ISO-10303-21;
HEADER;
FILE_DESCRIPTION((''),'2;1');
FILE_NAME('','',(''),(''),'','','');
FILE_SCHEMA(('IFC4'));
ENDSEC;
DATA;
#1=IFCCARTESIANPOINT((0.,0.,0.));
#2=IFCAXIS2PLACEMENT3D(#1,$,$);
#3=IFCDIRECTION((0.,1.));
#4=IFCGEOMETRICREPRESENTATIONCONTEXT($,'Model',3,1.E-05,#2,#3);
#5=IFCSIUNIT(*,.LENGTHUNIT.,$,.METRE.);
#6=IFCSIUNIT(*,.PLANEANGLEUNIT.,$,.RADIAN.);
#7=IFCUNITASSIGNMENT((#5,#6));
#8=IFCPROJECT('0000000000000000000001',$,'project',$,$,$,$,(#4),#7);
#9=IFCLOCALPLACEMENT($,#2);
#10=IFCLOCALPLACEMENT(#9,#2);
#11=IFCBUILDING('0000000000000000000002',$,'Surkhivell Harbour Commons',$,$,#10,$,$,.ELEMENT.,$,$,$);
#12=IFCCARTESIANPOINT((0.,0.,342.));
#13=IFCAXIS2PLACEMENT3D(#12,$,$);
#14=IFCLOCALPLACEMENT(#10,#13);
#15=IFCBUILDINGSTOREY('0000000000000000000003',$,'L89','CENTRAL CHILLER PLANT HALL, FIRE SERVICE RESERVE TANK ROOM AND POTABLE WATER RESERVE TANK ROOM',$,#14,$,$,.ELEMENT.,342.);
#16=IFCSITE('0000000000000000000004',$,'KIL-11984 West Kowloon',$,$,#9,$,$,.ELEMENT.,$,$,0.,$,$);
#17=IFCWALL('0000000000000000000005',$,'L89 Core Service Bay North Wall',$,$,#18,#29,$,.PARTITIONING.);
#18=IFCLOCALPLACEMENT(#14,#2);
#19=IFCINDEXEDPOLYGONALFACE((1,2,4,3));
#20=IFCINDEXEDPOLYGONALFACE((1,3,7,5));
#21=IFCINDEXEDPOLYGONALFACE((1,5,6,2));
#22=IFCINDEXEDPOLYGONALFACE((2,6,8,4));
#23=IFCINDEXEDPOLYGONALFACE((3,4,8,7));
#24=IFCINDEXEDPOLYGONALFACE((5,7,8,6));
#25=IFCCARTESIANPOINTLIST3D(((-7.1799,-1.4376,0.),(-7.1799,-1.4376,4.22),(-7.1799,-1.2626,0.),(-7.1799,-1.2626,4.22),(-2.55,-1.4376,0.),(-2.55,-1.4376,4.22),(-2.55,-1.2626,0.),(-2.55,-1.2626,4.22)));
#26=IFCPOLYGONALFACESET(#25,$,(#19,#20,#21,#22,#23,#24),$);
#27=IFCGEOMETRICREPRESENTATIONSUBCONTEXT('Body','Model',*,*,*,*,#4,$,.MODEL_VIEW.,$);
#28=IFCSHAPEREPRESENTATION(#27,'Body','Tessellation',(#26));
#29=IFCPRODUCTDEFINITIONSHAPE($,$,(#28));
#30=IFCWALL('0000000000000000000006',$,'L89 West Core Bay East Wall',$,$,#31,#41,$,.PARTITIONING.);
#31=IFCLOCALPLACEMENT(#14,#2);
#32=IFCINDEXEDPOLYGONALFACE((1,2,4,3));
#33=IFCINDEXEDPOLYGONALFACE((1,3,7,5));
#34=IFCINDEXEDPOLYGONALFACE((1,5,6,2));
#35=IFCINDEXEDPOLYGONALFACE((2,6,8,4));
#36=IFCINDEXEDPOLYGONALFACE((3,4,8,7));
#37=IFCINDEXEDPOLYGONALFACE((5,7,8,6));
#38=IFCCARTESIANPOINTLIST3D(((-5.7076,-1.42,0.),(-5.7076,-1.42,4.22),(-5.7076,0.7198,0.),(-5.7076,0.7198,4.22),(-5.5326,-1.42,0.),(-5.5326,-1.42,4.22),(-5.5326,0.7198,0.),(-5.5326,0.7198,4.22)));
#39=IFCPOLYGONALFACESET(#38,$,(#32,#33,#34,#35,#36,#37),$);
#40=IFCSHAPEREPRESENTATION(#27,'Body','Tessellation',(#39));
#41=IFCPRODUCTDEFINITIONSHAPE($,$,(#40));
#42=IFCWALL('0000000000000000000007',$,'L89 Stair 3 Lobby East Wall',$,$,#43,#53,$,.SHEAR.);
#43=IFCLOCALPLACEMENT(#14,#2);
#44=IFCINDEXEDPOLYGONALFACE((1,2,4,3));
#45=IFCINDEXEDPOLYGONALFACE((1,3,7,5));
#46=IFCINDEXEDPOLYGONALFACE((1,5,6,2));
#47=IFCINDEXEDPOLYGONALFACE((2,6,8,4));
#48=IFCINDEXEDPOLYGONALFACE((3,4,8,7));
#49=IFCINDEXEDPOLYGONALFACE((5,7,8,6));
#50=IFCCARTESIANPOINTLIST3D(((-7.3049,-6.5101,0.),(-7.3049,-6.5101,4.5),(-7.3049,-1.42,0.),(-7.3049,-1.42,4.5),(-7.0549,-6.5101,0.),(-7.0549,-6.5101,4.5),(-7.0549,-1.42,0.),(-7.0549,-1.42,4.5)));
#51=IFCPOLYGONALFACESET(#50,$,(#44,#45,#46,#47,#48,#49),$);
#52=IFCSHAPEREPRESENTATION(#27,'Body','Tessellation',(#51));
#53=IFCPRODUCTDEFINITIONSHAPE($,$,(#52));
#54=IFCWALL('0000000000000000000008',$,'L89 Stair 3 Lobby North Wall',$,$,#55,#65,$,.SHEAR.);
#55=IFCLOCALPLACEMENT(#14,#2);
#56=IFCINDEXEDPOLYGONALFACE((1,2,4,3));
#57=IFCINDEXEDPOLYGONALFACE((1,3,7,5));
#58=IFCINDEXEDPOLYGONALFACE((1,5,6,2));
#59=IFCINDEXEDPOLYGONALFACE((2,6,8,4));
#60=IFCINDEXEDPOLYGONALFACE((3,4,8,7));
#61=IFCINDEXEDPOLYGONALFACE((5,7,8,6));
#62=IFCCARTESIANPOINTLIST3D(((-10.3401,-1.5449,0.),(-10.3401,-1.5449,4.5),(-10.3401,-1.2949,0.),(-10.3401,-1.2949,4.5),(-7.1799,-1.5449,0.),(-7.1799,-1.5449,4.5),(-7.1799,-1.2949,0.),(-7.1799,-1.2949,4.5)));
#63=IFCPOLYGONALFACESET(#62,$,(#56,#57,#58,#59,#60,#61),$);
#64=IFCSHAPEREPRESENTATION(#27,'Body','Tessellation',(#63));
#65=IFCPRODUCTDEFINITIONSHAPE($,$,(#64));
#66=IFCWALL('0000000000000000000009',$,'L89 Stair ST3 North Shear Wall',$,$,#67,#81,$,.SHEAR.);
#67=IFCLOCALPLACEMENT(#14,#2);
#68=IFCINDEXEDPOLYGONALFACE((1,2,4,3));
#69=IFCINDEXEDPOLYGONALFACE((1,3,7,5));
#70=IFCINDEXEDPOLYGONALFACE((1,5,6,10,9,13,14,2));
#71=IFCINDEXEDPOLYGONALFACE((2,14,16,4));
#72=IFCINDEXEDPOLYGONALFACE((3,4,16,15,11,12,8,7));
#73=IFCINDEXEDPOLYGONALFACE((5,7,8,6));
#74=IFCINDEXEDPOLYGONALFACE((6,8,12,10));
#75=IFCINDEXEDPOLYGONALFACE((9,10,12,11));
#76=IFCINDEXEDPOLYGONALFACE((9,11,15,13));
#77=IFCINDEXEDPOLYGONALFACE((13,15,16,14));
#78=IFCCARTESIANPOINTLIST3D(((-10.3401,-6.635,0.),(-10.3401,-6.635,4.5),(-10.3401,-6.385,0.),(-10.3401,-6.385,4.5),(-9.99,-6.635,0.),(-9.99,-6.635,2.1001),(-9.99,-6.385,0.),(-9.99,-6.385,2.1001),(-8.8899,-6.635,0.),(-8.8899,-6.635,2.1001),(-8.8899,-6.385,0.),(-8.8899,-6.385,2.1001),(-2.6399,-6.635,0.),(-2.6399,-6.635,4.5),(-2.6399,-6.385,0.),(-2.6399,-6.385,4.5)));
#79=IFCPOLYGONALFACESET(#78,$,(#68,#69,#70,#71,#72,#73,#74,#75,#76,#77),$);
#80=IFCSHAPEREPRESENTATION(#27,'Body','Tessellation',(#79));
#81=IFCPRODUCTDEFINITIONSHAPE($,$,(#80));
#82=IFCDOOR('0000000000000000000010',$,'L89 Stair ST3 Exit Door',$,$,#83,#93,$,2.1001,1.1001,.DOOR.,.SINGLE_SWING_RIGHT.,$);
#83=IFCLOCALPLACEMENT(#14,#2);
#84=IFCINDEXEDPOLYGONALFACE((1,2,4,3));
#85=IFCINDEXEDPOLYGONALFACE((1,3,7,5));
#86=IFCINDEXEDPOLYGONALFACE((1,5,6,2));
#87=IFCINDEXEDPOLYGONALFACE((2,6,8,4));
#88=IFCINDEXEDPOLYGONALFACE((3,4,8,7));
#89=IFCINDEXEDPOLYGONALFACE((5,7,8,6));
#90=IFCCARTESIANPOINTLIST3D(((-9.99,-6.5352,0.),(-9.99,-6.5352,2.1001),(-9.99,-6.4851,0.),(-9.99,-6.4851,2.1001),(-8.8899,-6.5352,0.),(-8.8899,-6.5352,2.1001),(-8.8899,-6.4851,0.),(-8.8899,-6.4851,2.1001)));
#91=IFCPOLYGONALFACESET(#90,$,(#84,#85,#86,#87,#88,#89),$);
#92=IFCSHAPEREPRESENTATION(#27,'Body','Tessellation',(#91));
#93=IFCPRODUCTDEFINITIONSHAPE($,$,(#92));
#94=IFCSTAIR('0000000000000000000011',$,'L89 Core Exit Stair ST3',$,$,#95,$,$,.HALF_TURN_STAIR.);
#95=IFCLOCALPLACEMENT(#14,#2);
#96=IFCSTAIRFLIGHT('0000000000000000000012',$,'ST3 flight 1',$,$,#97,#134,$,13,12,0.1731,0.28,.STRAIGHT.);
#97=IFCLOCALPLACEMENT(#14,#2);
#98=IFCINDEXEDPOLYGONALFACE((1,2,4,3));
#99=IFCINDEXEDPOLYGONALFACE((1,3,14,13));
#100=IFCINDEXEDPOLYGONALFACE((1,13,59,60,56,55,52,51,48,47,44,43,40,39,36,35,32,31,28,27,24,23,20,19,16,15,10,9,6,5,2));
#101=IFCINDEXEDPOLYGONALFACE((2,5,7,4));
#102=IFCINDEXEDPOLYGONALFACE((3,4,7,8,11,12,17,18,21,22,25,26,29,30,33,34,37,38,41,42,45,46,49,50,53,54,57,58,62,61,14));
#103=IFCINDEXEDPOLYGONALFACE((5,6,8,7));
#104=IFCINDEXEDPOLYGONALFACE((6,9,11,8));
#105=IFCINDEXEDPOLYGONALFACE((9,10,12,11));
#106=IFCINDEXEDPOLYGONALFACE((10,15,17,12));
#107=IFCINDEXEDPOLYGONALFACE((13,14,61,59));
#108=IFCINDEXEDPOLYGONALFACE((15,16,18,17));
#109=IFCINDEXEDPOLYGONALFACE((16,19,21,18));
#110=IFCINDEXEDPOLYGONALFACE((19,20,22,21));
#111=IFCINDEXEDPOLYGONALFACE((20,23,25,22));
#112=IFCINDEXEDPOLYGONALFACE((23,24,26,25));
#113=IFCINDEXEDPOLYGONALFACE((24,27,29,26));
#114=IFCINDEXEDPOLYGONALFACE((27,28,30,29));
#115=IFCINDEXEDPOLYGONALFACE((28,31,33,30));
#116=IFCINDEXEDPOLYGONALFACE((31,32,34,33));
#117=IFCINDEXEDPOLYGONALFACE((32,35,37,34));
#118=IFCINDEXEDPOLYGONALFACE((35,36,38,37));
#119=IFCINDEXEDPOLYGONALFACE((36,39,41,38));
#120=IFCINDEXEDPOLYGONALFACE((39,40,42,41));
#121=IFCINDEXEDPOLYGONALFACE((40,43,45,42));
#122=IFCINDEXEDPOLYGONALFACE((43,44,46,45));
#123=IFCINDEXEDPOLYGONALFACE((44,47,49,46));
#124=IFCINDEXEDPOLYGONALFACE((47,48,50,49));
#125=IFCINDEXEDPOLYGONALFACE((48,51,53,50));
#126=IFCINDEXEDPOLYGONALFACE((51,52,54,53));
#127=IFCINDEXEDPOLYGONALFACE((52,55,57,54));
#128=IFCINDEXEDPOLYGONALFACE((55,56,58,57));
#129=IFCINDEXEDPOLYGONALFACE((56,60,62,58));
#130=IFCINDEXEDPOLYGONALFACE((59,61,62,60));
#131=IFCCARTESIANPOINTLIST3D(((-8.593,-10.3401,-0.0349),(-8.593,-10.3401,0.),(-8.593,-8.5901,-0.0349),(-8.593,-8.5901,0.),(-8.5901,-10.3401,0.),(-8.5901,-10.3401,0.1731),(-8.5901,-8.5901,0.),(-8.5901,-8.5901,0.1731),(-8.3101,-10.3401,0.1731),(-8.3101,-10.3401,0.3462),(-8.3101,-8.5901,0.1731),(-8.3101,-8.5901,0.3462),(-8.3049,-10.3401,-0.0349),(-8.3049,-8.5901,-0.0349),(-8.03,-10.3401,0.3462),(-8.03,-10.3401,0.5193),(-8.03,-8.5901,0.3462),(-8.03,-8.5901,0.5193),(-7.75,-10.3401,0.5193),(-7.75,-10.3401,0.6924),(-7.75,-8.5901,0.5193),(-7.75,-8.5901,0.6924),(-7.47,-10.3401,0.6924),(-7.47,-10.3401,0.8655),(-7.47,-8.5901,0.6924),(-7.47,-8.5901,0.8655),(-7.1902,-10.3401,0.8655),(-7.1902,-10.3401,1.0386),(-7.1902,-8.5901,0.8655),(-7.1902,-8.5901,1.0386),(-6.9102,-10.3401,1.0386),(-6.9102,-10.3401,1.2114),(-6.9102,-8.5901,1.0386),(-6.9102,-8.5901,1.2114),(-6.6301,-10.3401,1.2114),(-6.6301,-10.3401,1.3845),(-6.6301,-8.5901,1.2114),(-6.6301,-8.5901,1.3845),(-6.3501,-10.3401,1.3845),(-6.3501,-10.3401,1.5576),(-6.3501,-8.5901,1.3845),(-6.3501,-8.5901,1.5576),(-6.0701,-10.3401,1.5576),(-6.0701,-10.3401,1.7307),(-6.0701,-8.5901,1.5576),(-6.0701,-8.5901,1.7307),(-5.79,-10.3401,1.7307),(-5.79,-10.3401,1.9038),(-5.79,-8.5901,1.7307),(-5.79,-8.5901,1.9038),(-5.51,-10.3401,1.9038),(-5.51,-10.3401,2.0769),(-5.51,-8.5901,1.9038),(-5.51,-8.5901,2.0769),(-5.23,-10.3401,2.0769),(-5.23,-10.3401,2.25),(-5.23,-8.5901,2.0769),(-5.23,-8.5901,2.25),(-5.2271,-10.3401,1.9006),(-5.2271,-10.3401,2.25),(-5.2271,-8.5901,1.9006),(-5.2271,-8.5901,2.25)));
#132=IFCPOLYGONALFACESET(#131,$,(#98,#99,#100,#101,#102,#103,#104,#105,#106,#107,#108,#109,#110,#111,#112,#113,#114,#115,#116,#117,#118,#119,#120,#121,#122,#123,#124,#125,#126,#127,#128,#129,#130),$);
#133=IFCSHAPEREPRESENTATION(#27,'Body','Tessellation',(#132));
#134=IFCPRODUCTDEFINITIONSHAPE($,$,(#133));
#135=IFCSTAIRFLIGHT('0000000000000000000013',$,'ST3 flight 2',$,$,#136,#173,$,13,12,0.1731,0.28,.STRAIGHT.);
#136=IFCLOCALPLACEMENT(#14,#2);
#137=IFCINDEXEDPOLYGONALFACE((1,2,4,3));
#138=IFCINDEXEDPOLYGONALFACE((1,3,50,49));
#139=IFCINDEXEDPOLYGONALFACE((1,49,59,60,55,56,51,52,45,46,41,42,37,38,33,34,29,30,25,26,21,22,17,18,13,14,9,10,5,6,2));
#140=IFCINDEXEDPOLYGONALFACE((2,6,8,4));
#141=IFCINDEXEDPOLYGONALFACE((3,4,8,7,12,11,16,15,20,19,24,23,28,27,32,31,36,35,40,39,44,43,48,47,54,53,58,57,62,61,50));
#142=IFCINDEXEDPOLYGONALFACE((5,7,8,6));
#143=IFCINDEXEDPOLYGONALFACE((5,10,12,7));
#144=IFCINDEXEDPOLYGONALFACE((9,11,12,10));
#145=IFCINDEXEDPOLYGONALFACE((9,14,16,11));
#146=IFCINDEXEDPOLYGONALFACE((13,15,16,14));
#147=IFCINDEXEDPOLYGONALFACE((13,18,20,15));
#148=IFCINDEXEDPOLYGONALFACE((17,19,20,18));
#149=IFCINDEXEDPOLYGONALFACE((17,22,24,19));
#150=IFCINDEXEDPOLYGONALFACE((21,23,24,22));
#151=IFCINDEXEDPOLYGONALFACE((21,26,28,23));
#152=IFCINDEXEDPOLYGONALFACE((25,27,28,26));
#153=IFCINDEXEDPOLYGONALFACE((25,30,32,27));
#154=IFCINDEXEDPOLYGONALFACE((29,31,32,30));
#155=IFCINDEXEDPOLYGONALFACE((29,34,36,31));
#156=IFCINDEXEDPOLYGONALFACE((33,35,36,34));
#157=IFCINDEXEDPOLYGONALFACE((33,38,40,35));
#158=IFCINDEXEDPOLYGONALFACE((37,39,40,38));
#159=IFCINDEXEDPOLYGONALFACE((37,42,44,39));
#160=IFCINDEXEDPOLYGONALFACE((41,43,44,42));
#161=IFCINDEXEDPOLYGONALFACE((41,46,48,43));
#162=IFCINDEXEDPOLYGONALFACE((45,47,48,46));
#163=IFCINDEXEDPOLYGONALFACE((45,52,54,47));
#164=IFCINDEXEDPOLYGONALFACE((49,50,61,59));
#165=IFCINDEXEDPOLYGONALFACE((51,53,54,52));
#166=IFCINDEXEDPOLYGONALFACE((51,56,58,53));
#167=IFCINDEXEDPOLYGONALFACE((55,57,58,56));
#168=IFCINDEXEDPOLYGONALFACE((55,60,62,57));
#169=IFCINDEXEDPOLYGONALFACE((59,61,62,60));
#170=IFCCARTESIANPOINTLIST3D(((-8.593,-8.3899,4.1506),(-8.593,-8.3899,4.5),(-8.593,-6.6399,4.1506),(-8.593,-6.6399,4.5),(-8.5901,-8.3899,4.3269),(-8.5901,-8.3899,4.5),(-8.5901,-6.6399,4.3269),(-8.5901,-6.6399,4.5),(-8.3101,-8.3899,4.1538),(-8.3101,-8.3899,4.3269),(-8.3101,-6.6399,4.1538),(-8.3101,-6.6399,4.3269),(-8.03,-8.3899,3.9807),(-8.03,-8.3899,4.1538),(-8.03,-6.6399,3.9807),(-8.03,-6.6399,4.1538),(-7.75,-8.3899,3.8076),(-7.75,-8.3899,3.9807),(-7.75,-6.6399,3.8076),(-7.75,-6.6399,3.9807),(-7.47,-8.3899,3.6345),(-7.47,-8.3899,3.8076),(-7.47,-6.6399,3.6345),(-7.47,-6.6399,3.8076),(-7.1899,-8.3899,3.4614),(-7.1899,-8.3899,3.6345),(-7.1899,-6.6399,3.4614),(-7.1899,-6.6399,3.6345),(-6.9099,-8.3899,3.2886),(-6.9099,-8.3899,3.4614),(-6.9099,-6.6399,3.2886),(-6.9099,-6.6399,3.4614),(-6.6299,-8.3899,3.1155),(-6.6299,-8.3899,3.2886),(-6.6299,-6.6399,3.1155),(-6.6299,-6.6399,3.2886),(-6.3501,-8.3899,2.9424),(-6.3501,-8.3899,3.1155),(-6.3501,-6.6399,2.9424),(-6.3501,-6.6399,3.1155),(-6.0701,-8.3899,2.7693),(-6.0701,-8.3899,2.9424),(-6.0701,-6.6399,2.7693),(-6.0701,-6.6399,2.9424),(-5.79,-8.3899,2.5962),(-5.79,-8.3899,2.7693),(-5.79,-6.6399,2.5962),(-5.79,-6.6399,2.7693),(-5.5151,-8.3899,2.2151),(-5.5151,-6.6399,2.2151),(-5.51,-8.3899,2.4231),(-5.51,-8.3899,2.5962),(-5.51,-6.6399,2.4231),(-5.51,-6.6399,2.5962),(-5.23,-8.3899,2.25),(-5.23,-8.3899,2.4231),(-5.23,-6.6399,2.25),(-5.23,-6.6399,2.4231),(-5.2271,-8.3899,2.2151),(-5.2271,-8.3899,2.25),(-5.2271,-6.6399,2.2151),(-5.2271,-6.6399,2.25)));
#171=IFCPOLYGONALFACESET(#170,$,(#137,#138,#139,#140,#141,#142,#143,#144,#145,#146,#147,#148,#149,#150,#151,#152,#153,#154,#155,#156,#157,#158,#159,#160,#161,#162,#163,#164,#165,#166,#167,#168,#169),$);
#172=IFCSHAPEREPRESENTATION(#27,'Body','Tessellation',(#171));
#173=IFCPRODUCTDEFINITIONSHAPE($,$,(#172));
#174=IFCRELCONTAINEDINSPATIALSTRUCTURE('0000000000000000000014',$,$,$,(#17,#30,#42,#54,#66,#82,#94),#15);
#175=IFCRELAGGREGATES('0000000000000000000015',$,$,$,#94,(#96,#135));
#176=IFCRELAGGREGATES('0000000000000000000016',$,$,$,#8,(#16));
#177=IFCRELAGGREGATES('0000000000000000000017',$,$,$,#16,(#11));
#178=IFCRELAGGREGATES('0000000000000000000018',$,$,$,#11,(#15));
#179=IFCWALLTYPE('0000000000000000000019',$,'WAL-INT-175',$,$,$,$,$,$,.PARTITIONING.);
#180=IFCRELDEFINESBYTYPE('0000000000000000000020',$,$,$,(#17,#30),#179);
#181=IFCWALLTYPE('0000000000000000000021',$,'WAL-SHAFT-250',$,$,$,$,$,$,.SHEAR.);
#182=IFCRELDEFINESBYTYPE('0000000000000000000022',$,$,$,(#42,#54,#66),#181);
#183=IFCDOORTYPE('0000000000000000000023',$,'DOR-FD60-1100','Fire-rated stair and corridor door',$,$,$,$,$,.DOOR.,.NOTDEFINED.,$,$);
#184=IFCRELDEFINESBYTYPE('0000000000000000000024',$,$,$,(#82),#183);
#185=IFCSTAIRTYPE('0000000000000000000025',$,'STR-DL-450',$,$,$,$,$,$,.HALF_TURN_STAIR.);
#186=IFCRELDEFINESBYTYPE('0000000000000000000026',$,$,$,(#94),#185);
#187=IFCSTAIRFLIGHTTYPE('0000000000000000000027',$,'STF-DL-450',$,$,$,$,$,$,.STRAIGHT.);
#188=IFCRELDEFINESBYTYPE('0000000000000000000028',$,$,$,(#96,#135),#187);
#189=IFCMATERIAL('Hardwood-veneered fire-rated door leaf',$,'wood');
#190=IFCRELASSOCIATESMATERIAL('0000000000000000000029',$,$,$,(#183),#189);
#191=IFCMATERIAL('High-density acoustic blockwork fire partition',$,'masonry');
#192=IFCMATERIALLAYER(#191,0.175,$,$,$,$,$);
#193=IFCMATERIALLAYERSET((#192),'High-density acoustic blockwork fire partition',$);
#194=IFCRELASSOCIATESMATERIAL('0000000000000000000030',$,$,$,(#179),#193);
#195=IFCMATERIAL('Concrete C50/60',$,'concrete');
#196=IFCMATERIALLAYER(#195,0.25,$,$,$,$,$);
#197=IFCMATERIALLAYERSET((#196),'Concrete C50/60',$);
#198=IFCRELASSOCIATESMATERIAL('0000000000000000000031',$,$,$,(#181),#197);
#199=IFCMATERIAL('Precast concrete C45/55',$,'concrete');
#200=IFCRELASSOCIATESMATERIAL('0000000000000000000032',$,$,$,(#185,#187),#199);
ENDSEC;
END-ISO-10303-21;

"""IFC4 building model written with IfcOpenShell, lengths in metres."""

from ifc_helpers import new_model, si_unit, direction, frame, frame_2d, origin, place, context, subcontext, project, spatial, polyline, rectangle, outline, extrude, material, layer, layer_set, type_object, element, fill, aggregate, save


model = new_model("IFC4")

# Units and contexts
model_context = context("Model", 3, precision=1e-05, world=origin(), true_north=direction((0.0, 1.0)))
body_context = subcontext(model_context, "Body", "Model", "MODEL_VIEW")
ifc_project = project(units=[si_unit("LENGTHUNIT", "METRE"), si_unit("PLANEANGLEUNIT", "RADIAN")], contexts=[model_context])

# Site, building, storey
site_placement = place(None, origin())
site = spatial("IfcSite", under=ifc_project, at=site_placement, Name="KIL-11984 West Kowloon", CompositionType="ELEMENT", RefElevation=0.0)
building_placement = place(site_placement, origin())
building = spatial("IfcBuilding", under=site, at=building_placement, Name="Surkhivell Harbour Commons", CompositionType="ELEMENT")
storey_placement = place(building_placement, frame((0.0, 0.0, 342.0)))
storey = spatial("IfcBuildingStorey", under=building, at=storey_placement, Name="L89", Description="CENTRAL CHILLER PLANT HALL, FIRE SERVICE RESERVE TANK ROOM AND POTABLE WATER RESERVE TANK ROOM", CompositionType="ELEMENT", Elevation=342.0)

# Shared definitions
ifc_material_1 = material(Name="Concrete C50/60", Category="concrete")

# Shared definitions
ifc_material_2 = material(Name="Hardwood-veneered fire-rated door leaf", Category="wood")
door_type_1 = type_object("IfcDoorType", Name="DOR-FD60-1100", Description="Fire-rated stair and corridor door", OperationType="NOTDEFINED", PredefinedType="DOOR", material=ifc_material_2)

# Walls
ifc_material_3 = material(Name="High-density acoustic blockwork fire partition", Category="masonry")
ifc_layer_1 = layer(ifc_material_3, 0.175)
ifc_layer_set_1 = layer_set([ifc_layer_1], Name="High-density acoustic blockwork fire partition")
wall_type_1 = type_object("IfcWallType", Name="WAL-INT-175", PredefinedType="PARTITIONING", material=ifc_layer_set_1)
wall_1_placement = place(storey_placement, frame((-7.1799, -1.3501, 0.0), z_axis=(0.0, 0.0, 1.0), x_axis=(1.0, 0.0, 0.0)))
element("IfcWall", 1, at=wall_1_placement, inside=storey, type_object=wall_type_1, Name="L89 Core Service Bay North Wall", PredefinedType="PARTITIONING", context=body_context, shape_type="SweptSolid", body=[
    extrude(rectangle(XDim=4.6299, YDim=0.175, at=frame_2d((2.3149, 0.0))), origin(), (0.0, 0.0, 1.0), 4.22),
])
wall_2_placement = place(storey_placement, frame((-5.6201, -1.4199, 0.0), z_axis=(0.0, 0.0, 1.0), x_axis=(0.0, 1.0, 0.0)))
element("IfcWall", 2, at=wall_2_placement, inside=storey, type_object=wall_type_1, Name="L89 West Core Bay East Wall", PredefinedType="PARTITIONING", context=body_context, shape_type="SweptSolid", body=[
    extrude(rectangle(XDim=2.1399, YDim=0.175, at=frame_2d((1.0698, 0.0))), origin(), (0.0, 0.0, 1.0), 4.22),
])
ifc_layer_2 = layer(ifc_material_1, 0.25)
ifc_layer_set_2 = layer_set([ifc_layer_2], Name="Concrete C50/60")
wall_type_2 = type_object("IfcWallType", Name="WAL-SHAFT-250", PredefinedType="SHEAR", material=ifc_layer_set_2)
wall_3_placement = place(storey_placement, frame((-7.1799, -6.51, 0.0), z_axis=(0.0, 0.0, 1.0), x_axis=(0.0, 1.0, 0.0)))
element("IfcWall", 3, at=wall_3_placement, inside=storey, type_object=wall_type_2, Name="L89 Stair 3 Lobby East Wall", PredefinedType="SHEAR", context=body_context, shape_type="SweptSolid", body=[
    extrude(rectangle(XDim=5.0901, YDim=0.25, at=frame_2d((2.5449, 0.0))), origin(), (0.0, 0.0, 1.0), 4.5),
])
wall_4_placement = place(storey_placement, frame((-10.3401, -1.4199, 0.0), z_axis=(0.0, 0.0, 1.0), x_axis=(1.0, 0.0, 0.0)))
element("IfcWall", 4, at=wall_4_placement, inside=storey, type_object=wall_type_2, Name="L89 Stair 3 Lobby North Wall", PredefinedType="SHEAR", context=body_context, shape_type="SweptSolid", body=[
    extrude(rectangle(XDim=3.1602, YDim=0.25, at=frame_2d((1.5801, 0.0))), origin(), (0.0, 0.0, 1.0), 4.5),
])

# Wall, opening, door
wall_5_placement = place(storey_placement, frame((-10.3401, -6.51, 0.0), z_axis=(0.0, 0.0, 1.0), x_axis=(1.0, 0.0, 0.0)))
wall_5 = element("IfcWall", 5, at=wall_5_placement, inside=storey, type_object=wall_type_2, Name="L89 Stair ST3 North Shear Wall", PredefinedType="SHEAR", context=body_context, shape_type="SweptSolid", body=[
    extrude(rectangle(XDim=7.7002, YDim=0.25, at=frame_2d((3.8501, 0.0))), origin(), (0.0, 0.0, 1.0), 4.5),
])
opening_1_placement = place(wall_5_placement, frame((0.3501, 0.0, 0.0)))
opening_1 = element("IfcOpeningElement", 6, at=opening_1_placement, cuts=wall_5, PredefinedType="OPENING", context=body_context, shape_type="SweptSolid", body=[
    extrude(rectangle(XDim=1.1001, YDim=2.1001, at=frame_2d((0.55, 1.05))), frame((0.0, 0.135, 0.0), z_axis=(0.0, -1.0, 0.0), x_axis=(1.0, 0.0, 0.0)), (0.0, 0.0, 1.0), 0.27),
])
door_1_placement = place(opening_1_placement, origin())
door_1 = element("IfcDoor", 7, at=door_1_placement, inside=storey, type_object=door_type_1, Name="L89 Stair ST3 Exit Door", OperationType="SINGLE_SWING_RIGHT", OverallHeight=2.1001, OverallWidth=1.1001, PredefinedType="DOOR", context=body_context, shape_type="SweptSolid", body=[
    extrude(rectangle(XDim=1.1001, YDim=2.1001, at=frame_2d((0.55, 1.05))), frame((0.0, 0.0249, 0.0), z_axis=(0.0, -1.0, 0.0), x_axis=(1.0, 0.0, 0.0)), (0.0, 0.0, 1.0), 0.05),
])
fill(opening_1, door_1)

# Stair, stair flights
ifc_material_4 = material(Name="Precast concrete C45/55", Category="concrete")
stair_type = type_object("IfcStairType", Name="STR-DL-450", PredefinedType="HALF_TURN_STAIR", material=ifc_material_4)
stair_placement = place(storey_placement, origin())
stair = element("IfcStair", 8, at=stair_placement, inside=storey, type_object=stair_type, Name="L89 Core Exit Stair ST3", PredefinedType="HALF_TURN_STAIR")
stair_flight_type = type_object("IfcStairFlightType", Name="STF-DL-450", PredefinedType="STRAIGHT", material=ifc_material_4)
stair_flight_1_placement = place(storey_placement, frame((-8.5901, -9.4651, 0.0), z_axis=(0.0, 0.0, 1.0), x_axis=(1.0, 0.0, 0.0)))
stair_flight_1 = element("IfcStairFlight", 9, at=stair_flight_1_placement, type_object=stair_flight_type, Name="ST3 flight 1", NumberOfRisers=13, NumberOfTreads=12, PredefinedType="STRAIGHT", RiserHeight=0.1731, TreadLength=0.28, context=body_context, shape_type="SweptSolid", body=[
    extrude(outline(polyline([(-0.0029, -0.0349), (-0.0029, 0.0), (0.0, 0.0), (0.0, 0.1731), (0.28, 0.1731), (0.28, 0.3462), (0.5601, 0.3462), (0.5601, 0.5193), (0.8401, 0.5193), (0.8401, 0.6924), (1.1201, 0.6924), (1.1201, 0.8655), (1.3999, 0.8655), (1.3999, 1.0386), (1.6799, 1.0386), (1.6799, 1.2114), (1.96, 1.2114), (1.96, 1.3845), (2.24, 1.3845), (2.24, 1.5576), (2.52, 1.5576), (2.52, 1.7307), (2.8, 1.7307), (2.8, 1.9038), (3.0801, 1.9038), (3.0801, 2.0769), (3.3601, 2.0769), (3.3601, 2.25), (3.363, 2.25), (3.363, 1.9006), (0.2852, -0.0349), (-0.0029, -0.0349)])), frame((0.0, 0.875, 0.0), z_axis=(0.0, -1.0, 0.0), x_axis=(1.0, 0.0, 0.0)), (0.0, 0.0, 1.0), 1.75),
])
stair_flight_2_placement = place(storey_placement, frame((-5.23, -7.5149, 2.25), z_axis=(0.0, 0.0, 1.0), x_axis=(-1.0, 0.0, 0.0)))
stair_flight_2 = element("IfcStairFlight", 10, at=stair_flight_2_placement, type_object=stair_flight_type, Name="ST3 flight 2", NumberOfRisers=13, NumberOfTreads=12, PredefinedType="STRAIGHT", RiserHeight=0.1731, TreadLength=0.28, context=body_context, shape_type="SweptSolid", body=[
    extrude(outline(polyline([(-0.0029, -0.0349), (-0.0029, 0.0), (0.0, 0.0), (0.0, 0.1731), (0.28, 0.1731), (0.28, 0.3462), (0.5601, 0.3462), (0.5601, 0.5193), (0.8401, 0.5193), (0.8401, 0.6924), (1.1201, 0.6924), (1.1201, 0.8655), (1.3999, 0.8655), (1.3999, 1.0386), (1.6799, 1.0386), (1.6799, 1.2114), (1.96, 1.2114), (1.96, 1.3845), (2.24, 1.3845), (2.24, 1.5576), (2.52, 1.5576), (2.52, 1.7307), (2.8, 1.7307), (2.8, 1.9038), (3.0801, 1.9038), (3.0801, 2.0769), (3.3601, 2.0769), (3.3601, 2.25), (3.363, 2.25), (3.363, 1.9006), (0.2852, -0.0349), (-0.0029, -0.0349)])), frame((0.0, 0.875, 0.0), z_axis=(0.0, -1.0, 0.0), x_axis=(1.0, 0.0, 0.0)), (0.0, 0.0, 1.0), 1.75),
])
aggregate(stair, [stair_flight_1, stair_flight_2])

save(model, "model.ifc")
